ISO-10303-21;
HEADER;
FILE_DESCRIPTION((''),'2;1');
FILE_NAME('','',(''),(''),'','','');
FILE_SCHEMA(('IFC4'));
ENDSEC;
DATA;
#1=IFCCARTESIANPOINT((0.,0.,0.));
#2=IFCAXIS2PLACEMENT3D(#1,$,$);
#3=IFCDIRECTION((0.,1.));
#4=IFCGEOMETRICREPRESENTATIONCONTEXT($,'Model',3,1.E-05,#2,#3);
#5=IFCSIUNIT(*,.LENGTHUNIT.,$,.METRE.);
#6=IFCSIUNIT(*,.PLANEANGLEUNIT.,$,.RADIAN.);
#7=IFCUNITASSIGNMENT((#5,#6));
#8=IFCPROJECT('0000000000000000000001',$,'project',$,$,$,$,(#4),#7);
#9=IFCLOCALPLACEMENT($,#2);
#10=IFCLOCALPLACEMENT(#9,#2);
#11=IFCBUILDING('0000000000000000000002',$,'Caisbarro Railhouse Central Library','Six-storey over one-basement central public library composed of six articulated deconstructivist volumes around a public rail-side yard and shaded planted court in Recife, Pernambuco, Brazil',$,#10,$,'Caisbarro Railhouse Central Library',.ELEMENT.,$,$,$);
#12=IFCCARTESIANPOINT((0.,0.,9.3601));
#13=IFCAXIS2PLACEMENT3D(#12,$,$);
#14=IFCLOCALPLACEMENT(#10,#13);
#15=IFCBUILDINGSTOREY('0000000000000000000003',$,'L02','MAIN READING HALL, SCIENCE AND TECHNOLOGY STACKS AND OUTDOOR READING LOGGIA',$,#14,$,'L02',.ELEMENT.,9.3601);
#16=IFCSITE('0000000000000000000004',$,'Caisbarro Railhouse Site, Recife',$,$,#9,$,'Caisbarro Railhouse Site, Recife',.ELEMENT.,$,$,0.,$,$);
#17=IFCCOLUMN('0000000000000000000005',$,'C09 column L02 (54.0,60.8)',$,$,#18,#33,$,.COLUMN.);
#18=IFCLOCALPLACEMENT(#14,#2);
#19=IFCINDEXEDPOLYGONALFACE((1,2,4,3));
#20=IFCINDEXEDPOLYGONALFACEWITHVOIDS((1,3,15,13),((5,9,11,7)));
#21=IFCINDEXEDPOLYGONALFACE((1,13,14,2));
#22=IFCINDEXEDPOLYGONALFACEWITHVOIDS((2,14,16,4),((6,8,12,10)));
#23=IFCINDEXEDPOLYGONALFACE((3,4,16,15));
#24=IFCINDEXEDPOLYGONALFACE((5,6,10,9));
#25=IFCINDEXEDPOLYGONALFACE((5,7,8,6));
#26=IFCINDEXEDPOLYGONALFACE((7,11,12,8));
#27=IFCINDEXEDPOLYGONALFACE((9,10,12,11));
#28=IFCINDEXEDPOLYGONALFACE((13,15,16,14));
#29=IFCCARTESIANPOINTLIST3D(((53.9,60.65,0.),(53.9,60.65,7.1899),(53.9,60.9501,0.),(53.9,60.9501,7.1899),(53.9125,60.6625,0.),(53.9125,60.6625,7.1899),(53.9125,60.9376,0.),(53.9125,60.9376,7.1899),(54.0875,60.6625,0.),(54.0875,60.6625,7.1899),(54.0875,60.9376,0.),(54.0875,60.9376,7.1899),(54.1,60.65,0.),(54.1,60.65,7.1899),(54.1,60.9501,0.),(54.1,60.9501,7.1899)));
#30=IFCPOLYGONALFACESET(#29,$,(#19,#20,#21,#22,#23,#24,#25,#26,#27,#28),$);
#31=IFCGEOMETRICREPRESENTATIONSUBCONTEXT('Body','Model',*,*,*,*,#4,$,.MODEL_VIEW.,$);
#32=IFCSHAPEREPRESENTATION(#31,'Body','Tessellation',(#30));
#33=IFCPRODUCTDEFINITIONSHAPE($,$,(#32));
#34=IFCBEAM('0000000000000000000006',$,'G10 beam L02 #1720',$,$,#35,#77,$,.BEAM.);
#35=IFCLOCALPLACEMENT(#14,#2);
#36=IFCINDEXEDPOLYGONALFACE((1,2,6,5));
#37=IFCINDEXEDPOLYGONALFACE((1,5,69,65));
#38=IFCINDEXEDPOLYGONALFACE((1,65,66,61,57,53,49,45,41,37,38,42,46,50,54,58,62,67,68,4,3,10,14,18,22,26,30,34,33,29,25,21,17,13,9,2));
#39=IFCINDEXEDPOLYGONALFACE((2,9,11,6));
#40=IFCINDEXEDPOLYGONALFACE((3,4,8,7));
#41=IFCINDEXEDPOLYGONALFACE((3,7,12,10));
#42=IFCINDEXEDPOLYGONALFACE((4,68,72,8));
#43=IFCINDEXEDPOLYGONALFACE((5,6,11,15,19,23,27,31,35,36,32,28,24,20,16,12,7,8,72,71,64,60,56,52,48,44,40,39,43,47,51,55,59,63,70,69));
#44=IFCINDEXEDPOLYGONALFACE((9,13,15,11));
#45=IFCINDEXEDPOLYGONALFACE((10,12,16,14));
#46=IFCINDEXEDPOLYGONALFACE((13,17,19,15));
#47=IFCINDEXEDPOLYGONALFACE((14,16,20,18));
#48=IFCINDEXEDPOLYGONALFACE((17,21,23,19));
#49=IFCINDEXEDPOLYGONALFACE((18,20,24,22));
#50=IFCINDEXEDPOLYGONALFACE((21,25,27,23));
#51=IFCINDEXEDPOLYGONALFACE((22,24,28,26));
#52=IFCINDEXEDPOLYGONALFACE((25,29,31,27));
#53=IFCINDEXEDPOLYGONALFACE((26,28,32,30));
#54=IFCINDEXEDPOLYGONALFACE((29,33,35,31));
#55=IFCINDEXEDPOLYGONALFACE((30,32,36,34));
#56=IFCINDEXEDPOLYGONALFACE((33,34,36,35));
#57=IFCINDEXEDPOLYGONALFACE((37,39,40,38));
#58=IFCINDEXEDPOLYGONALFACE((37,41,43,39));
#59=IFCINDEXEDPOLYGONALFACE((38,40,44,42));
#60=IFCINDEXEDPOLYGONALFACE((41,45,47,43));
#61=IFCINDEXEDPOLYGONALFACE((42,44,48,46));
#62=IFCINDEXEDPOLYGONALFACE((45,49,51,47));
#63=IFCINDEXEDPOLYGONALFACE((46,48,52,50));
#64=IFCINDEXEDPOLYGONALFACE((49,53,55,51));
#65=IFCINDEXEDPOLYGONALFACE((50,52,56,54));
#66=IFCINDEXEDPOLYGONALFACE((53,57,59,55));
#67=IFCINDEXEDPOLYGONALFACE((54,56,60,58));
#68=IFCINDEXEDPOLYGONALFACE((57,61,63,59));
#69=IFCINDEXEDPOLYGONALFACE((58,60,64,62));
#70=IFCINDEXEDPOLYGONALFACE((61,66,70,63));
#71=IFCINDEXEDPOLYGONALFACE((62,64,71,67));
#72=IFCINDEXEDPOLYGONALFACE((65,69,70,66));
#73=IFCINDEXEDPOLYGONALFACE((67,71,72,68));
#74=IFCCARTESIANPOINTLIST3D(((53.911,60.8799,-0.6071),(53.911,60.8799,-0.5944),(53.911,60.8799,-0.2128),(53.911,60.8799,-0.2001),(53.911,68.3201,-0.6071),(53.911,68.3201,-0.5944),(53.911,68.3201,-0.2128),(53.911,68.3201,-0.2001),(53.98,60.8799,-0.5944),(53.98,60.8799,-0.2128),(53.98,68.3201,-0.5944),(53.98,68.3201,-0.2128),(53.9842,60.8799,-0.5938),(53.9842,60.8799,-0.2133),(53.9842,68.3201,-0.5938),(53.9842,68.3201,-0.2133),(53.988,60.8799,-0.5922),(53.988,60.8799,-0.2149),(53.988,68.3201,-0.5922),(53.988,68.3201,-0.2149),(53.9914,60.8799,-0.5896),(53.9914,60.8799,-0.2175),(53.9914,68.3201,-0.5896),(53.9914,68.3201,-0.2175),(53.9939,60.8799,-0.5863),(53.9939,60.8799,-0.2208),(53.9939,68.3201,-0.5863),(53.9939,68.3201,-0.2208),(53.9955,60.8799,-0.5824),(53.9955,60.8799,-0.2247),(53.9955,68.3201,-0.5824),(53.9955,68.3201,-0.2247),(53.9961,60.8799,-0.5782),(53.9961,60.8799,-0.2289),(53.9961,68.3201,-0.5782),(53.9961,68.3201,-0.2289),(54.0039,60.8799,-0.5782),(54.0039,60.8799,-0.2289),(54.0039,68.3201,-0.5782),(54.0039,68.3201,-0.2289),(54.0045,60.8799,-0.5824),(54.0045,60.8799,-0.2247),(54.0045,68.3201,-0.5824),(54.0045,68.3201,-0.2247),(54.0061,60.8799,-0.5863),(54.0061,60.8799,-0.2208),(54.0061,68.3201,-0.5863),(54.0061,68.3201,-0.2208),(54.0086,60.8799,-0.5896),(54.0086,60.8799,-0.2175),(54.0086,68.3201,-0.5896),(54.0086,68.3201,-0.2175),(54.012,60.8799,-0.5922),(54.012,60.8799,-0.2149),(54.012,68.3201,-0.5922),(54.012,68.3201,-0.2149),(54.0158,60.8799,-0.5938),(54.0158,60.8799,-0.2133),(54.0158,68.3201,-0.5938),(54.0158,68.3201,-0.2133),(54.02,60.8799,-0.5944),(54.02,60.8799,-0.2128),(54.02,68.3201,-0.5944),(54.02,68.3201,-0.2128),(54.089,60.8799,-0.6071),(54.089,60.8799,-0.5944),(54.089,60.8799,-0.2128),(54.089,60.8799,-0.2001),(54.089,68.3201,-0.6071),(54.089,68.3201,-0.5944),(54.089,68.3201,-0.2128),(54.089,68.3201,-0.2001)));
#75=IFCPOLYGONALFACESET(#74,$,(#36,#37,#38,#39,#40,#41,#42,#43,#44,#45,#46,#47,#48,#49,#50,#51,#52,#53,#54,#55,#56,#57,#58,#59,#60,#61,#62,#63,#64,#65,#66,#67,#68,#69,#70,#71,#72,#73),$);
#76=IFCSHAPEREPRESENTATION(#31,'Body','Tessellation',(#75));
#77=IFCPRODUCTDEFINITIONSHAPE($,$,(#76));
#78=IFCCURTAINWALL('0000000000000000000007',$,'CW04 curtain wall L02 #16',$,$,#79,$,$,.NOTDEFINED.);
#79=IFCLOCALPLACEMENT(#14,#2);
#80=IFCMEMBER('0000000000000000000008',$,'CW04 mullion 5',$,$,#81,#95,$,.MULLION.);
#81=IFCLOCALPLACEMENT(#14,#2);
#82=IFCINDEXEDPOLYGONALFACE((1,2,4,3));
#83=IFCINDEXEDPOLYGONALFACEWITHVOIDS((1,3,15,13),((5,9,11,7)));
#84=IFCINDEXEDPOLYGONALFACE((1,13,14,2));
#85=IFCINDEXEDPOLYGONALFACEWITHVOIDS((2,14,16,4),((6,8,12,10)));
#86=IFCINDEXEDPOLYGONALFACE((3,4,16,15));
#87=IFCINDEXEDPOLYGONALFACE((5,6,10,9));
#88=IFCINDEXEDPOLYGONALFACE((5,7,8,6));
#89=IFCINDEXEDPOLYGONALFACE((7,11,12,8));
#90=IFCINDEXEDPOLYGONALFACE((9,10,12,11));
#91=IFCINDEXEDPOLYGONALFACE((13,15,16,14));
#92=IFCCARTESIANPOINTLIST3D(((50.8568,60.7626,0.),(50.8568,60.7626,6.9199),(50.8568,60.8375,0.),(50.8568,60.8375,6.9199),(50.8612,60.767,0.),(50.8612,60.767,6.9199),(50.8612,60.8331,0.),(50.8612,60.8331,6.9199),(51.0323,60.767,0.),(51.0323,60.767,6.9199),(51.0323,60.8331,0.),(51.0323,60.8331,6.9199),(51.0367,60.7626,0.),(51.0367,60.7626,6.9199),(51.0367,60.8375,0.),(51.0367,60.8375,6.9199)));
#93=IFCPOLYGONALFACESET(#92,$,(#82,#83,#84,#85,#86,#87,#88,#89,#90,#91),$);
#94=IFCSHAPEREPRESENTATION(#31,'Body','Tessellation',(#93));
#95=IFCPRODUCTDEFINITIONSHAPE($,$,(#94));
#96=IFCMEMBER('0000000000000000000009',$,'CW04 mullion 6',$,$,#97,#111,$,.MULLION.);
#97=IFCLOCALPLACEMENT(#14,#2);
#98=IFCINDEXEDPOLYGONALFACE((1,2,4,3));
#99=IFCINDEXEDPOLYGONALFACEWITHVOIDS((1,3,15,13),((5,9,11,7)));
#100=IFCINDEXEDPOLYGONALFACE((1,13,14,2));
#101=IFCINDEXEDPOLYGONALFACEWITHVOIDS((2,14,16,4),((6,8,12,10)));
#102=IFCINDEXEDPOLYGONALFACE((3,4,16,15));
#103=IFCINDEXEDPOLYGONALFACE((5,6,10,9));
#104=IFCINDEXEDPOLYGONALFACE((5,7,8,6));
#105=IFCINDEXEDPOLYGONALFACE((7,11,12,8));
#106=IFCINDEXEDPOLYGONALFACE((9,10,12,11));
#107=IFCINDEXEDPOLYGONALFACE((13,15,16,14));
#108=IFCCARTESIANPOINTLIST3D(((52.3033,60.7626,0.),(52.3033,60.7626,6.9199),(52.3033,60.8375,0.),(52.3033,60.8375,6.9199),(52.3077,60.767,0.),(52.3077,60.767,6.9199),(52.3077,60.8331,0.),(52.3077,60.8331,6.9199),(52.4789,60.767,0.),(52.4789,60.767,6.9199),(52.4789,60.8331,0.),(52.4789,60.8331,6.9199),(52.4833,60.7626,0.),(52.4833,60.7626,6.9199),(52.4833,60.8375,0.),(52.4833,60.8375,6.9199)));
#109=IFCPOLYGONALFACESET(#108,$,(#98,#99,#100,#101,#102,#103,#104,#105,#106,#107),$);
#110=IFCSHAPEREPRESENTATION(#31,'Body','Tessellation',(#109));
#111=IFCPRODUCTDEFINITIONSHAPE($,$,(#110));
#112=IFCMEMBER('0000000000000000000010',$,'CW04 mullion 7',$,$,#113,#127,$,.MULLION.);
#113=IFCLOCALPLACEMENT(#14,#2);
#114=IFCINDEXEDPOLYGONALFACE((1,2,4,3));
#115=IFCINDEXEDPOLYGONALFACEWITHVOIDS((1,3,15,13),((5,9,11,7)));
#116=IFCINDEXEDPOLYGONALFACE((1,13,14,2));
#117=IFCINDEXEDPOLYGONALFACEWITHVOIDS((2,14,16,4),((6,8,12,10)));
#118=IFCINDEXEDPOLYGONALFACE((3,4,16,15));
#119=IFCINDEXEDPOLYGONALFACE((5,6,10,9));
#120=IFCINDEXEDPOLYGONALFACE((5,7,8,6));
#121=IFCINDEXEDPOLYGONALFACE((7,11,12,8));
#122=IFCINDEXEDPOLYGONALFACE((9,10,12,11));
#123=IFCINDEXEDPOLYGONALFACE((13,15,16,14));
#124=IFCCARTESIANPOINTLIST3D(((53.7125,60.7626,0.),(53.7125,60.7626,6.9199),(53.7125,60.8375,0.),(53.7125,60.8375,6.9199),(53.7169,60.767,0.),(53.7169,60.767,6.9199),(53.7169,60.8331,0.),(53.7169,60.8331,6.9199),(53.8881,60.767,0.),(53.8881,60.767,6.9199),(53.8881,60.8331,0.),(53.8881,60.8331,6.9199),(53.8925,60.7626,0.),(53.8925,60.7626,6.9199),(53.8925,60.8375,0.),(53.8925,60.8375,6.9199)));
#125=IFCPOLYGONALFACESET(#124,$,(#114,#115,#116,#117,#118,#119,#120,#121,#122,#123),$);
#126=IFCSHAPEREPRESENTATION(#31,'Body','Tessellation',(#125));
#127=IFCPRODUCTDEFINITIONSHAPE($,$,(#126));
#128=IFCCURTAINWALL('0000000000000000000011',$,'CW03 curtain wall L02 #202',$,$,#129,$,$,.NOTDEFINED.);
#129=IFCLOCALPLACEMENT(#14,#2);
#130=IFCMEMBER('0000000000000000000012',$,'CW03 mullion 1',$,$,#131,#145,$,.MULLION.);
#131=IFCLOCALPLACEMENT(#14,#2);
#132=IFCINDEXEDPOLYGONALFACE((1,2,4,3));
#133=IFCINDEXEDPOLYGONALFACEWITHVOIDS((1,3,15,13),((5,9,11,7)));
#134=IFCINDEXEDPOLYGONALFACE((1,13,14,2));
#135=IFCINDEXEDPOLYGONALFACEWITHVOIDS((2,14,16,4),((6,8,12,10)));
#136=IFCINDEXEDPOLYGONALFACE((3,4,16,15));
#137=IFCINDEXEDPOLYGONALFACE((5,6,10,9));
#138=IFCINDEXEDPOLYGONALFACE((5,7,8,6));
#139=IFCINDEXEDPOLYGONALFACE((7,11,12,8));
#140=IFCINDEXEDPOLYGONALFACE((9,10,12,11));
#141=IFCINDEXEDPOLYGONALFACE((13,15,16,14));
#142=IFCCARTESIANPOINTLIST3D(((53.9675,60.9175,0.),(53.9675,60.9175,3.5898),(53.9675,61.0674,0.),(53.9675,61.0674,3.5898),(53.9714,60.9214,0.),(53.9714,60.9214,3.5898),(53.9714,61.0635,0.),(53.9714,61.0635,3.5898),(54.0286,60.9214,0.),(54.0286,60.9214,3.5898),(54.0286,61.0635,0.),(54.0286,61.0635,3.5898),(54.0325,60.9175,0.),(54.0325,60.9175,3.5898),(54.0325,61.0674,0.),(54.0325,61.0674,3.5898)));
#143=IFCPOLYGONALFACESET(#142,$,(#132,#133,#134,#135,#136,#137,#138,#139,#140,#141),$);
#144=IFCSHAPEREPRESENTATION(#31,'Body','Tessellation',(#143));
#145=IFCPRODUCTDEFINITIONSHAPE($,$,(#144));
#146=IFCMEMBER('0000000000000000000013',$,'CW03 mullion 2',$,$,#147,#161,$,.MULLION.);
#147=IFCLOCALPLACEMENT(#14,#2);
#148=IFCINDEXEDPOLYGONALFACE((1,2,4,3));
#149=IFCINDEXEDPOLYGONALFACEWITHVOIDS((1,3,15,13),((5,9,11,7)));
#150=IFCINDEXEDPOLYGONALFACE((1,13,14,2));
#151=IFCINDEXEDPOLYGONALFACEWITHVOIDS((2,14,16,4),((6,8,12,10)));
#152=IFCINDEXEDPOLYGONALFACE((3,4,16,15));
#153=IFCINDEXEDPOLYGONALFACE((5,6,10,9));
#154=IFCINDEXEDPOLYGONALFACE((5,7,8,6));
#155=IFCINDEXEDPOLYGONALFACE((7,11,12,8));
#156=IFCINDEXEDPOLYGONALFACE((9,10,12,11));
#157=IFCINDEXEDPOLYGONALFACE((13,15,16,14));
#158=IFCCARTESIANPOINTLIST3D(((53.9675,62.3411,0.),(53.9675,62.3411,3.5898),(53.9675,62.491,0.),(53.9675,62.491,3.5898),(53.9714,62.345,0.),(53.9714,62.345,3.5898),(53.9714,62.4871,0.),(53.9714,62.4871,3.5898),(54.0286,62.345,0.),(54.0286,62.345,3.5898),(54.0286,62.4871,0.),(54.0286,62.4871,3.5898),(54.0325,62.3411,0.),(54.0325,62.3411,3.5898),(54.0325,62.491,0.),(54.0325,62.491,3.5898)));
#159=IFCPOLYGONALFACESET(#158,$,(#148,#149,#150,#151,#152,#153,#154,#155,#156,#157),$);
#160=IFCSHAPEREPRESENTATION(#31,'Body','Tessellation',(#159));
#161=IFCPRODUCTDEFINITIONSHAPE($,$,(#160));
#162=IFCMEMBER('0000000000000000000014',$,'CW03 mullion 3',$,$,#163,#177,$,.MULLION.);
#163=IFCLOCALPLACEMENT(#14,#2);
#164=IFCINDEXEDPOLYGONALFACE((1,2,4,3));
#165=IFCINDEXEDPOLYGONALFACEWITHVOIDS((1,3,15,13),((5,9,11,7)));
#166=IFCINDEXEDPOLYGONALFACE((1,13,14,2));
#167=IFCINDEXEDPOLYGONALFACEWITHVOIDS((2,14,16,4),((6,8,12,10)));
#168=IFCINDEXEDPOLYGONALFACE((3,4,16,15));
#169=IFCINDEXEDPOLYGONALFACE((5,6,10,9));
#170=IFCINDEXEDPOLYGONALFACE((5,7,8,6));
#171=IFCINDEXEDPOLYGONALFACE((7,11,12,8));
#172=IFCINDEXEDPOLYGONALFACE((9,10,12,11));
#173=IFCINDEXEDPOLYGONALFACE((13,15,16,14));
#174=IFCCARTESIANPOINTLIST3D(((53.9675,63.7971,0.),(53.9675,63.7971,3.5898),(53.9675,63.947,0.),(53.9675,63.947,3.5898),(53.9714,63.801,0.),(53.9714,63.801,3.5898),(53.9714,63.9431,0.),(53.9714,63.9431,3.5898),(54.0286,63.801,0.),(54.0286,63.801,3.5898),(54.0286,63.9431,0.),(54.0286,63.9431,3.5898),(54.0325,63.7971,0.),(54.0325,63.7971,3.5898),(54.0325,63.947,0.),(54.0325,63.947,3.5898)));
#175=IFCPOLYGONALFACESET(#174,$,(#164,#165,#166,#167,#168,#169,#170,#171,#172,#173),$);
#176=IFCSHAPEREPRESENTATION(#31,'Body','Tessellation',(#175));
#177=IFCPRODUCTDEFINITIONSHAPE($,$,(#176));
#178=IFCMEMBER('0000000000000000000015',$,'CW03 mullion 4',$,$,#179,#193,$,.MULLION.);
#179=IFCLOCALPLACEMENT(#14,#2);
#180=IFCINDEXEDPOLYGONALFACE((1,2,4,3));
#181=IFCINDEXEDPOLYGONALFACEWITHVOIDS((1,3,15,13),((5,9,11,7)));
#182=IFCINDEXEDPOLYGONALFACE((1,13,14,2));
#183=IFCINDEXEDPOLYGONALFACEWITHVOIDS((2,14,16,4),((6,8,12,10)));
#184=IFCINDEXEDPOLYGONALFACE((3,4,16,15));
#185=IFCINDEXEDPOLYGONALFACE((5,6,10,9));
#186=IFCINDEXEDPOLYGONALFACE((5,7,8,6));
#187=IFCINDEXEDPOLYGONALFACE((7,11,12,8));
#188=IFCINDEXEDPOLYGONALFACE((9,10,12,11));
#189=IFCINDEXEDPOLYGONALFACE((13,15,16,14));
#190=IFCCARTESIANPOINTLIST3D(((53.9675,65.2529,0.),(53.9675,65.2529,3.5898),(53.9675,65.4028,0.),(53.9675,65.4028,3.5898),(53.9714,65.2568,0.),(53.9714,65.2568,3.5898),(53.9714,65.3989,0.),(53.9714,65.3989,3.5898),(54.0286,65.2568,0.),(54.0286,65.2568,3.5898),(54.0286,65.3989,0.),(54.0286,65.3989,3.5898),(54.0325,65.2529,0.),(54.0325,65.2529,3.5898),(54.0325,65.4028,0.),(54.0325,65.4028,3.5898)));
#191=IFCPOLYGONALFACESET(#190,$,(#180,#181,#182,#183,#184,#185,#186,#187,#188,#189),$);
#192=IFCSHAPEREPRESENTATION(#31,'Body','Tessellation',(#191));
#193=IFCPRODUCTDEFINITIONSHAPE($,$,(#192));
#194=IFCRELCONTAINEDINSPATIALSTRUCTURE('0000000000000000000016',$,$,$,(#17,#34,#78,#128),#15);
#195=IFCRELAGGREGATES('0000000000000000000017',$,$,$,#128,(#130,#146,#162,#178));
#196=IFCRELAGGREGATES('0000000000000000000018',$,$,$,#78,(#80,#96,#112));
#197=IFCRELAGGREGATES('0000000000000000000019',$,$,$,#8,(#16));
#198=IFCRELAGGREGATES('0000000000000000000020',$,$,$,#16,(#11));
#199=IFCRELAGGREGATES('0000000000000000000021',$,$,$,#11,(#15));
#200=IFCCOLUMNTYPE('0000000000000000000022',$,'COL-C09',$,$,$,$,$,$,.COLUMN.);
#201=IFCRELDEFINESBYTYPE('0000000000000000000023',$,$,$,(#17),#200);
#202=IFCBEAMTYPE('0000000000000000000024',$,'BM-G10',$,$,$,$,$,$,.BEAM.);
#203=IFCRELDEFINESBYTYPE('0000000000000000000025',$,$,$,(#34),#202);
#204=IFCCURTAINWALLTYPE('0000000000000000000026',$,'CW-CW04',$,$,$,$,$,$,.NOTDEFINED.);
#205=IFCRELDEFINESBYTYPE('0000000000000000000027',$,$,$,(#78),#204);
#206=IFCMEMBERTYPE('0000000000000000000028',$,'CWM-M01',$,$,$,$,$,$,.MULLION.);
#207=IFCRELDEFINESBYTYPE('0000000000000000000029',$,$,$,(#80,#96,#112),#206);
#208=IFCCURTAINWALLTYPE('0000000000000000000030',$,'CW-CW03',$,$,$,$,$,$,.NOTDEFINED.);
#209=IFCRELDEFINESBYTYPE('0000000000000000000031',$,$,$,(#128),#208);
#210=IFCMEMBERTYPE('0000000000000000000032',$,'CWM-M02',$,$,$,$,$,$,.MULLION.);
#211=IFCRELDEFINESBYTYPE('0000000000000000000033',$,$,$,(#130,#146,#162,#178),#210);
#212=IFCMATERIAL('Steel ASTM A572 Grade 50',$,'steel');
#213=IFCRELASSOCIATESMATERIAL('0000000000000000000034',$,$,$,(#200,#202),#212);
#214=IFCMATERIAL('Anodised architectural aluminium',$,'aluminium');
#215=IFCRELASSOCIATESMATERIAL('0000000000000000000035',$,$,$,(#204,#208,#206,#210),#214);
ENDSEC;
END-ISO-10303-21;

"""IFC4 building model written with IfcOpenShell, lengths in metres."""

from ifc_helpers import new_model, si_unit, direction, frame, origin, origin_2d, place, context, subcontext, project, spatial, hollow_rectangle, i_section, extrude, material, material_profile, profile_set, type_object, element, aggregate, save


model = new_model("IFC4")

# Units and contexts
model_context = context("Model", 3, precision=1e-05, world=origin(), true_north=direction((0.0, 1.0)))
body_context = subcontext(model_context, "Body", "Model", "MODEL_VIEW")
ifc_project = project(units=[si_unit("LENGTHUNIT", "METRE"), si_unit("PLANEANGLEUNIT", "RADIAN")], contexts=[model_context])

# Site, building, storey
site_placement = place(None, origin())
site = spatial("IfcSite", under=ifc_project, at=site_placement, Name="Caisbarro Railhouse Site, Recife", LongName="Caisbarro Railhouse Site, Recife", CompositionType="ELEMENT", RefElevation=0.0)
building_placement = place(site_placement, origin())
building = spatial("IfcBuilding", under=site, at=building_placement, Name="Caisbarro Railhouse Central Library", Description="Six-storey over one-basement central public library composed of six articulated deconstructivist volumes around a public rail-side yard and shaded planted court in Recife, Pernambuco, Brazil", LongName="Caisbarro Railhouse Central Library", CompositionType="ELEMENT")
storey_placement = place(building_placement, frame((0.0, 0.0, 9.3601)))
storey = spatial("IfcBuildingStorey", under=building, at=storey_placement, Name="L02", Description="MAIN READING HALL, SCIENCE AND TECHNOLOGY STACKS AND OUTDOOR READING LOGGIA", LongName="L02", CompositionType="ELEMENT", Elevation=9.3601)

# Column
ifc_material_1 = material(Name="Steel ASTM A572 Grade 50", Category="steel")
ifc_material_profile_1 = material_profile(ifc_material_1, hollow_rectangle(XDim=0.2, YDim=0.3, WallThickness=0.0125, at=origin_2d()), Name="HSS300X200X12.5")
ifc_profile_set_1 = profile_set([ifc_material_profile_1], Name="Steel ASTM A572 Grade 50")
column_type = type_object("IfcColumnType", Name="COL-C09", PredefinedType="COLUMN", material=ifc_profile_set_1)
column_placement = place(storey_placement, frame((54.0, 60.8, 0.0), z_axis=(0.0, 0.0, 1.0), x_axis=(1.0, 0.0, 0.0)))
element("IfcColumn", 1, at=column_placement, inside=storey, type_object=column_type, Name="C09 column L02 (54.0,60.8)", PredefinedType="COLUMN", context=body_context, shape_type="SweptSolid", body=[
    extrude(hollow_rectangle(XDim=0.2, YDim=0.3, WallThickness=0.0125, at=origin_2d()), origin(), (0.0, 0.0, 1.0), 7.1899),
])

# Beam
ifc_material_profile_2 = material_profile(ifc_material_1, i_section(OverallWidth=0.178, OverallDepth=0.407, WebThickness=0.0078, FlangeThickness=0.0127, FilletRadius=0.0161, at=origin_2d()), Name="W410X60.0")
ifc_profile_set_2 = profile_set([ifc_material_profile_2], Name="Steel ASTM A572 Grade 50")
beam_type = type_object("IfcBeamType", Name="BM-G10", PredefinedType="BEAM", material=ifc_profile_set_2)
beam_placement = place(storey_placement, frame((54.0, 60.8799, -0.4036), z_axis=(0.0, 1.0, 0.0), x_axis=(-1.0, 0.0, 0.0)))
element("IfcBeam", 2, at=beam_placement, inside=storey, type_object=beam_type, Name="G10 beam L02 #1720", PredefinedType="BEAM", context=body_context, shape_type="SweptSolid", body=[
    extrude(i_section(OverallWidth=0.178, OverallDepth=0.407, WebThickness=0.0078, FlangeThickness=0.0127, FilletRadius=0.0161, at=origin_2d()), origin(), (0.0, 0.0, 1.0), 7.4402),
])

# Curtain walls, members
ifc_material_2 = material(Name="Anodised architectural aluminium", Category="aluminium")
curtain_wall_type_1 = type_object("IfcCurtainWallType", Name="CW-CW04", PredefinedType="NOTDEFINED", material=ifc_material_2)
curtain_wall_1_placement = place(storey_placement, origin())
curtain_wall_1 = element("IfcCurtainWall", 3, at=curtain_wall_1_placement, inside=storey, type_object=curtain_wall_type_1, Name="CW04 curtain wall L02 #16", PredefinedType="NOTDEFINED")
ifc_material_profile_3 = material_profile(ifc_material_2, hollow_rectangle(XDim=0.075, YDim=0.1799, WallThickness=0.0044, at=origin_2d()), Name="ALU-MUL-75X180")
ifc_profile_set_3 = profile_set([ifc_material_profile_3], Name="Anodised architectural aluminium")
member_type_1 = type_object("IfcMemberType", Name="CWM-M01", PredefinedType="MULLION", material=ifc_profile_set_3)
member_1_placement = place(storey_placement, frame((50.9468, 60.8, 0.0), z_axis=(0.0, 0.0, 1.0), x_axis=(0.0, 1.0, 0.0)))
member_1 = element("IfcMember", 4, at=member_1_placement, type_object=member_type_1, Name="CW04 mullion 5", PredefinedType="MULLION", context=body_context, shape_type="SweptSolid", body=[
    extrude(hollow_rectangle(XDim=0.075, YDim=0.1799, WallThickness=0.0044, at=origin_2d()), origin(), (0.0, 0.0, 1.0), 6.9199),
])
member_2_placement = place(storey_placement, frame((52.3933, 60.8, 0.0), z_axis=(0.0, 0.0, 1.0), x_axis=(0.0, 1.0, 0.0)))
member_2 = element("IfcMember", 5, at=member_2_placement, type_object=member_type_1, Name="CW04 mullion 6", PredefinedType="MULLION", context=body_context, shape_type="SweptSolid", body=[
    extrude(hollow_rectangle(XDim=0.075, YDim=0.1799, WallThickness=0.0044, at=origin_2d()), origin(), (0.0, 0.0, 1.0), 6.9199),
])
member_3_placement = place(storey_placement, frame((53.8025, 60.8, 0.0), z_axis=(0.0, 0.0, 1.0), x_axis=(0.0, 1.0, 0.0)))
member_3 = element("IfcMember", 6, at=member_3_placement, type_object=member_type_1, Name="CW04 mullion 7", PredefinedType="MULLION", context=body_context, shape_type="SweptSolid", body=[
    extrude(hollow_rectangle(XDim=0.075, YDim=0.1799, WallThickness=0.0044, at=origin_2d()), origin(), (0.0, 0.0, 1.0), 6.9199),
])
curtain_wall_type_2 = type_object("IfcCurtainWallType", Name="CW-CW03", PredefinedType="NOTDEFINED", material=ifc_material_2)
curtain_wall_2_placement = place(storey_placement, origin())
curtain_wall_2 = element("IfcCurtainWall", 7, at=curtain_wall_2_placement, inside=storey, type_object=curtain_wall_type_2, Name="CW03 curtain wall L02 #202", PredefinedType="NOTDEFINED")
ifc_material_profile_4 = material_profile(ifc_material_2, hollow_rectangle(XDim=0.0649, YDim=0.1499, WallThickness=0.0039, at=origin_2d()), Name="ALU-MUL-65X150")
ifc_profile_set_4 = profile_set([ifc_material_profile_4], Name="Anodised architectural aluminium")
member_type_2 = type_object("IfcMemberType", Name="CWM-M02", PredefinedType="MULLION", material=ifc_profile_set_4)
member_4_placement = place(storey_placement, frame((54.0, 60.9924, 0.0), z_axis=(0.0, 0.0, 1.0), x_axis=(-1.0, 0.0, 0.0)))
member_4 = element("IfcMember", 8, at=member_4_placement, type_object=member_type_2, Name="CW03 mullion 1", PredefinedType="MULLION", context=body_context, shape_type="SweptSolid", body=[
    extrude(hollow_rectangle(XDim=0.0649, YDim=0.1499, WallThickness=0.0039, at=origin_2d()), origin(), (0.0, 0.0, 1.0), 3.5898),
])
member_5_placement = place(storey_placement, frame((54.0, 62.416, 0.0), z_axis=(0.0, 0.0, 1.0), x_axis=(-1.0, 0.0, 0.0)))
member_5 = element("IfcMember", 9, at=member_5_placement, type_object=member_type_2, Name="CW03 mullion 2", PredefinedType="MULLION", context=body_context, shape_type="SweptSolid", body=[
    extrude(hollow_rectangle(XDim=0.0649, YDim=0.1499, WallThickness=0.0039, at=origin_2d()), origin(), (0.0, 0.0, 1.0), 3.5898),
])
member_6_placement = place(storey_placement, frame((54.0, 63.8721, 0.0), z_axis=(0.0, 0.0, 1.0), x_axis=(-1.0, 0.0, 0.0)))
member_6 = element("IfcMember", 10, at=member_6_placement, type_object=member_type_2, Name="CW03 mullion 3", PredefinedType="MULLION", context=body_context, shape_type="SweptSolid", body=[
    extrude(hollow_rectangle(XDim=0.0649, YDim=0.1499, WallThickness=0.0039, at=origin_2d()), origin(), (0.0, 0.0, 1.0), 3.5898),
])
member_7_placement = place(storey_placement, frame((54.0, 65.3279, 0.0), z_axis=(0.0, 0.0, 1.0), x_axis=(-1.0, 0.0, 0.0)))
member_7 = element("IfcMember", 11, at=member_7_placement, type_object=member_type_2, Name="CW03 mullion 4", PredefinedType="MULLION", context=body_context, shape_type="SweptSolid", body=[
    extrude(hollow_rectangle(XDim=0.0649, YDim=0.1499, WallThickness=0.0039, at=origin_2d()), origin(), (0.0, 0.0, 1.0), 3.5898),
])

aggregate(curtain_wall_2, [member_4, member_5, member_6, member_7])
aggregate(curtain_wall_1, [member_1, member_2, member_3])

save(model, "model.ifc")
